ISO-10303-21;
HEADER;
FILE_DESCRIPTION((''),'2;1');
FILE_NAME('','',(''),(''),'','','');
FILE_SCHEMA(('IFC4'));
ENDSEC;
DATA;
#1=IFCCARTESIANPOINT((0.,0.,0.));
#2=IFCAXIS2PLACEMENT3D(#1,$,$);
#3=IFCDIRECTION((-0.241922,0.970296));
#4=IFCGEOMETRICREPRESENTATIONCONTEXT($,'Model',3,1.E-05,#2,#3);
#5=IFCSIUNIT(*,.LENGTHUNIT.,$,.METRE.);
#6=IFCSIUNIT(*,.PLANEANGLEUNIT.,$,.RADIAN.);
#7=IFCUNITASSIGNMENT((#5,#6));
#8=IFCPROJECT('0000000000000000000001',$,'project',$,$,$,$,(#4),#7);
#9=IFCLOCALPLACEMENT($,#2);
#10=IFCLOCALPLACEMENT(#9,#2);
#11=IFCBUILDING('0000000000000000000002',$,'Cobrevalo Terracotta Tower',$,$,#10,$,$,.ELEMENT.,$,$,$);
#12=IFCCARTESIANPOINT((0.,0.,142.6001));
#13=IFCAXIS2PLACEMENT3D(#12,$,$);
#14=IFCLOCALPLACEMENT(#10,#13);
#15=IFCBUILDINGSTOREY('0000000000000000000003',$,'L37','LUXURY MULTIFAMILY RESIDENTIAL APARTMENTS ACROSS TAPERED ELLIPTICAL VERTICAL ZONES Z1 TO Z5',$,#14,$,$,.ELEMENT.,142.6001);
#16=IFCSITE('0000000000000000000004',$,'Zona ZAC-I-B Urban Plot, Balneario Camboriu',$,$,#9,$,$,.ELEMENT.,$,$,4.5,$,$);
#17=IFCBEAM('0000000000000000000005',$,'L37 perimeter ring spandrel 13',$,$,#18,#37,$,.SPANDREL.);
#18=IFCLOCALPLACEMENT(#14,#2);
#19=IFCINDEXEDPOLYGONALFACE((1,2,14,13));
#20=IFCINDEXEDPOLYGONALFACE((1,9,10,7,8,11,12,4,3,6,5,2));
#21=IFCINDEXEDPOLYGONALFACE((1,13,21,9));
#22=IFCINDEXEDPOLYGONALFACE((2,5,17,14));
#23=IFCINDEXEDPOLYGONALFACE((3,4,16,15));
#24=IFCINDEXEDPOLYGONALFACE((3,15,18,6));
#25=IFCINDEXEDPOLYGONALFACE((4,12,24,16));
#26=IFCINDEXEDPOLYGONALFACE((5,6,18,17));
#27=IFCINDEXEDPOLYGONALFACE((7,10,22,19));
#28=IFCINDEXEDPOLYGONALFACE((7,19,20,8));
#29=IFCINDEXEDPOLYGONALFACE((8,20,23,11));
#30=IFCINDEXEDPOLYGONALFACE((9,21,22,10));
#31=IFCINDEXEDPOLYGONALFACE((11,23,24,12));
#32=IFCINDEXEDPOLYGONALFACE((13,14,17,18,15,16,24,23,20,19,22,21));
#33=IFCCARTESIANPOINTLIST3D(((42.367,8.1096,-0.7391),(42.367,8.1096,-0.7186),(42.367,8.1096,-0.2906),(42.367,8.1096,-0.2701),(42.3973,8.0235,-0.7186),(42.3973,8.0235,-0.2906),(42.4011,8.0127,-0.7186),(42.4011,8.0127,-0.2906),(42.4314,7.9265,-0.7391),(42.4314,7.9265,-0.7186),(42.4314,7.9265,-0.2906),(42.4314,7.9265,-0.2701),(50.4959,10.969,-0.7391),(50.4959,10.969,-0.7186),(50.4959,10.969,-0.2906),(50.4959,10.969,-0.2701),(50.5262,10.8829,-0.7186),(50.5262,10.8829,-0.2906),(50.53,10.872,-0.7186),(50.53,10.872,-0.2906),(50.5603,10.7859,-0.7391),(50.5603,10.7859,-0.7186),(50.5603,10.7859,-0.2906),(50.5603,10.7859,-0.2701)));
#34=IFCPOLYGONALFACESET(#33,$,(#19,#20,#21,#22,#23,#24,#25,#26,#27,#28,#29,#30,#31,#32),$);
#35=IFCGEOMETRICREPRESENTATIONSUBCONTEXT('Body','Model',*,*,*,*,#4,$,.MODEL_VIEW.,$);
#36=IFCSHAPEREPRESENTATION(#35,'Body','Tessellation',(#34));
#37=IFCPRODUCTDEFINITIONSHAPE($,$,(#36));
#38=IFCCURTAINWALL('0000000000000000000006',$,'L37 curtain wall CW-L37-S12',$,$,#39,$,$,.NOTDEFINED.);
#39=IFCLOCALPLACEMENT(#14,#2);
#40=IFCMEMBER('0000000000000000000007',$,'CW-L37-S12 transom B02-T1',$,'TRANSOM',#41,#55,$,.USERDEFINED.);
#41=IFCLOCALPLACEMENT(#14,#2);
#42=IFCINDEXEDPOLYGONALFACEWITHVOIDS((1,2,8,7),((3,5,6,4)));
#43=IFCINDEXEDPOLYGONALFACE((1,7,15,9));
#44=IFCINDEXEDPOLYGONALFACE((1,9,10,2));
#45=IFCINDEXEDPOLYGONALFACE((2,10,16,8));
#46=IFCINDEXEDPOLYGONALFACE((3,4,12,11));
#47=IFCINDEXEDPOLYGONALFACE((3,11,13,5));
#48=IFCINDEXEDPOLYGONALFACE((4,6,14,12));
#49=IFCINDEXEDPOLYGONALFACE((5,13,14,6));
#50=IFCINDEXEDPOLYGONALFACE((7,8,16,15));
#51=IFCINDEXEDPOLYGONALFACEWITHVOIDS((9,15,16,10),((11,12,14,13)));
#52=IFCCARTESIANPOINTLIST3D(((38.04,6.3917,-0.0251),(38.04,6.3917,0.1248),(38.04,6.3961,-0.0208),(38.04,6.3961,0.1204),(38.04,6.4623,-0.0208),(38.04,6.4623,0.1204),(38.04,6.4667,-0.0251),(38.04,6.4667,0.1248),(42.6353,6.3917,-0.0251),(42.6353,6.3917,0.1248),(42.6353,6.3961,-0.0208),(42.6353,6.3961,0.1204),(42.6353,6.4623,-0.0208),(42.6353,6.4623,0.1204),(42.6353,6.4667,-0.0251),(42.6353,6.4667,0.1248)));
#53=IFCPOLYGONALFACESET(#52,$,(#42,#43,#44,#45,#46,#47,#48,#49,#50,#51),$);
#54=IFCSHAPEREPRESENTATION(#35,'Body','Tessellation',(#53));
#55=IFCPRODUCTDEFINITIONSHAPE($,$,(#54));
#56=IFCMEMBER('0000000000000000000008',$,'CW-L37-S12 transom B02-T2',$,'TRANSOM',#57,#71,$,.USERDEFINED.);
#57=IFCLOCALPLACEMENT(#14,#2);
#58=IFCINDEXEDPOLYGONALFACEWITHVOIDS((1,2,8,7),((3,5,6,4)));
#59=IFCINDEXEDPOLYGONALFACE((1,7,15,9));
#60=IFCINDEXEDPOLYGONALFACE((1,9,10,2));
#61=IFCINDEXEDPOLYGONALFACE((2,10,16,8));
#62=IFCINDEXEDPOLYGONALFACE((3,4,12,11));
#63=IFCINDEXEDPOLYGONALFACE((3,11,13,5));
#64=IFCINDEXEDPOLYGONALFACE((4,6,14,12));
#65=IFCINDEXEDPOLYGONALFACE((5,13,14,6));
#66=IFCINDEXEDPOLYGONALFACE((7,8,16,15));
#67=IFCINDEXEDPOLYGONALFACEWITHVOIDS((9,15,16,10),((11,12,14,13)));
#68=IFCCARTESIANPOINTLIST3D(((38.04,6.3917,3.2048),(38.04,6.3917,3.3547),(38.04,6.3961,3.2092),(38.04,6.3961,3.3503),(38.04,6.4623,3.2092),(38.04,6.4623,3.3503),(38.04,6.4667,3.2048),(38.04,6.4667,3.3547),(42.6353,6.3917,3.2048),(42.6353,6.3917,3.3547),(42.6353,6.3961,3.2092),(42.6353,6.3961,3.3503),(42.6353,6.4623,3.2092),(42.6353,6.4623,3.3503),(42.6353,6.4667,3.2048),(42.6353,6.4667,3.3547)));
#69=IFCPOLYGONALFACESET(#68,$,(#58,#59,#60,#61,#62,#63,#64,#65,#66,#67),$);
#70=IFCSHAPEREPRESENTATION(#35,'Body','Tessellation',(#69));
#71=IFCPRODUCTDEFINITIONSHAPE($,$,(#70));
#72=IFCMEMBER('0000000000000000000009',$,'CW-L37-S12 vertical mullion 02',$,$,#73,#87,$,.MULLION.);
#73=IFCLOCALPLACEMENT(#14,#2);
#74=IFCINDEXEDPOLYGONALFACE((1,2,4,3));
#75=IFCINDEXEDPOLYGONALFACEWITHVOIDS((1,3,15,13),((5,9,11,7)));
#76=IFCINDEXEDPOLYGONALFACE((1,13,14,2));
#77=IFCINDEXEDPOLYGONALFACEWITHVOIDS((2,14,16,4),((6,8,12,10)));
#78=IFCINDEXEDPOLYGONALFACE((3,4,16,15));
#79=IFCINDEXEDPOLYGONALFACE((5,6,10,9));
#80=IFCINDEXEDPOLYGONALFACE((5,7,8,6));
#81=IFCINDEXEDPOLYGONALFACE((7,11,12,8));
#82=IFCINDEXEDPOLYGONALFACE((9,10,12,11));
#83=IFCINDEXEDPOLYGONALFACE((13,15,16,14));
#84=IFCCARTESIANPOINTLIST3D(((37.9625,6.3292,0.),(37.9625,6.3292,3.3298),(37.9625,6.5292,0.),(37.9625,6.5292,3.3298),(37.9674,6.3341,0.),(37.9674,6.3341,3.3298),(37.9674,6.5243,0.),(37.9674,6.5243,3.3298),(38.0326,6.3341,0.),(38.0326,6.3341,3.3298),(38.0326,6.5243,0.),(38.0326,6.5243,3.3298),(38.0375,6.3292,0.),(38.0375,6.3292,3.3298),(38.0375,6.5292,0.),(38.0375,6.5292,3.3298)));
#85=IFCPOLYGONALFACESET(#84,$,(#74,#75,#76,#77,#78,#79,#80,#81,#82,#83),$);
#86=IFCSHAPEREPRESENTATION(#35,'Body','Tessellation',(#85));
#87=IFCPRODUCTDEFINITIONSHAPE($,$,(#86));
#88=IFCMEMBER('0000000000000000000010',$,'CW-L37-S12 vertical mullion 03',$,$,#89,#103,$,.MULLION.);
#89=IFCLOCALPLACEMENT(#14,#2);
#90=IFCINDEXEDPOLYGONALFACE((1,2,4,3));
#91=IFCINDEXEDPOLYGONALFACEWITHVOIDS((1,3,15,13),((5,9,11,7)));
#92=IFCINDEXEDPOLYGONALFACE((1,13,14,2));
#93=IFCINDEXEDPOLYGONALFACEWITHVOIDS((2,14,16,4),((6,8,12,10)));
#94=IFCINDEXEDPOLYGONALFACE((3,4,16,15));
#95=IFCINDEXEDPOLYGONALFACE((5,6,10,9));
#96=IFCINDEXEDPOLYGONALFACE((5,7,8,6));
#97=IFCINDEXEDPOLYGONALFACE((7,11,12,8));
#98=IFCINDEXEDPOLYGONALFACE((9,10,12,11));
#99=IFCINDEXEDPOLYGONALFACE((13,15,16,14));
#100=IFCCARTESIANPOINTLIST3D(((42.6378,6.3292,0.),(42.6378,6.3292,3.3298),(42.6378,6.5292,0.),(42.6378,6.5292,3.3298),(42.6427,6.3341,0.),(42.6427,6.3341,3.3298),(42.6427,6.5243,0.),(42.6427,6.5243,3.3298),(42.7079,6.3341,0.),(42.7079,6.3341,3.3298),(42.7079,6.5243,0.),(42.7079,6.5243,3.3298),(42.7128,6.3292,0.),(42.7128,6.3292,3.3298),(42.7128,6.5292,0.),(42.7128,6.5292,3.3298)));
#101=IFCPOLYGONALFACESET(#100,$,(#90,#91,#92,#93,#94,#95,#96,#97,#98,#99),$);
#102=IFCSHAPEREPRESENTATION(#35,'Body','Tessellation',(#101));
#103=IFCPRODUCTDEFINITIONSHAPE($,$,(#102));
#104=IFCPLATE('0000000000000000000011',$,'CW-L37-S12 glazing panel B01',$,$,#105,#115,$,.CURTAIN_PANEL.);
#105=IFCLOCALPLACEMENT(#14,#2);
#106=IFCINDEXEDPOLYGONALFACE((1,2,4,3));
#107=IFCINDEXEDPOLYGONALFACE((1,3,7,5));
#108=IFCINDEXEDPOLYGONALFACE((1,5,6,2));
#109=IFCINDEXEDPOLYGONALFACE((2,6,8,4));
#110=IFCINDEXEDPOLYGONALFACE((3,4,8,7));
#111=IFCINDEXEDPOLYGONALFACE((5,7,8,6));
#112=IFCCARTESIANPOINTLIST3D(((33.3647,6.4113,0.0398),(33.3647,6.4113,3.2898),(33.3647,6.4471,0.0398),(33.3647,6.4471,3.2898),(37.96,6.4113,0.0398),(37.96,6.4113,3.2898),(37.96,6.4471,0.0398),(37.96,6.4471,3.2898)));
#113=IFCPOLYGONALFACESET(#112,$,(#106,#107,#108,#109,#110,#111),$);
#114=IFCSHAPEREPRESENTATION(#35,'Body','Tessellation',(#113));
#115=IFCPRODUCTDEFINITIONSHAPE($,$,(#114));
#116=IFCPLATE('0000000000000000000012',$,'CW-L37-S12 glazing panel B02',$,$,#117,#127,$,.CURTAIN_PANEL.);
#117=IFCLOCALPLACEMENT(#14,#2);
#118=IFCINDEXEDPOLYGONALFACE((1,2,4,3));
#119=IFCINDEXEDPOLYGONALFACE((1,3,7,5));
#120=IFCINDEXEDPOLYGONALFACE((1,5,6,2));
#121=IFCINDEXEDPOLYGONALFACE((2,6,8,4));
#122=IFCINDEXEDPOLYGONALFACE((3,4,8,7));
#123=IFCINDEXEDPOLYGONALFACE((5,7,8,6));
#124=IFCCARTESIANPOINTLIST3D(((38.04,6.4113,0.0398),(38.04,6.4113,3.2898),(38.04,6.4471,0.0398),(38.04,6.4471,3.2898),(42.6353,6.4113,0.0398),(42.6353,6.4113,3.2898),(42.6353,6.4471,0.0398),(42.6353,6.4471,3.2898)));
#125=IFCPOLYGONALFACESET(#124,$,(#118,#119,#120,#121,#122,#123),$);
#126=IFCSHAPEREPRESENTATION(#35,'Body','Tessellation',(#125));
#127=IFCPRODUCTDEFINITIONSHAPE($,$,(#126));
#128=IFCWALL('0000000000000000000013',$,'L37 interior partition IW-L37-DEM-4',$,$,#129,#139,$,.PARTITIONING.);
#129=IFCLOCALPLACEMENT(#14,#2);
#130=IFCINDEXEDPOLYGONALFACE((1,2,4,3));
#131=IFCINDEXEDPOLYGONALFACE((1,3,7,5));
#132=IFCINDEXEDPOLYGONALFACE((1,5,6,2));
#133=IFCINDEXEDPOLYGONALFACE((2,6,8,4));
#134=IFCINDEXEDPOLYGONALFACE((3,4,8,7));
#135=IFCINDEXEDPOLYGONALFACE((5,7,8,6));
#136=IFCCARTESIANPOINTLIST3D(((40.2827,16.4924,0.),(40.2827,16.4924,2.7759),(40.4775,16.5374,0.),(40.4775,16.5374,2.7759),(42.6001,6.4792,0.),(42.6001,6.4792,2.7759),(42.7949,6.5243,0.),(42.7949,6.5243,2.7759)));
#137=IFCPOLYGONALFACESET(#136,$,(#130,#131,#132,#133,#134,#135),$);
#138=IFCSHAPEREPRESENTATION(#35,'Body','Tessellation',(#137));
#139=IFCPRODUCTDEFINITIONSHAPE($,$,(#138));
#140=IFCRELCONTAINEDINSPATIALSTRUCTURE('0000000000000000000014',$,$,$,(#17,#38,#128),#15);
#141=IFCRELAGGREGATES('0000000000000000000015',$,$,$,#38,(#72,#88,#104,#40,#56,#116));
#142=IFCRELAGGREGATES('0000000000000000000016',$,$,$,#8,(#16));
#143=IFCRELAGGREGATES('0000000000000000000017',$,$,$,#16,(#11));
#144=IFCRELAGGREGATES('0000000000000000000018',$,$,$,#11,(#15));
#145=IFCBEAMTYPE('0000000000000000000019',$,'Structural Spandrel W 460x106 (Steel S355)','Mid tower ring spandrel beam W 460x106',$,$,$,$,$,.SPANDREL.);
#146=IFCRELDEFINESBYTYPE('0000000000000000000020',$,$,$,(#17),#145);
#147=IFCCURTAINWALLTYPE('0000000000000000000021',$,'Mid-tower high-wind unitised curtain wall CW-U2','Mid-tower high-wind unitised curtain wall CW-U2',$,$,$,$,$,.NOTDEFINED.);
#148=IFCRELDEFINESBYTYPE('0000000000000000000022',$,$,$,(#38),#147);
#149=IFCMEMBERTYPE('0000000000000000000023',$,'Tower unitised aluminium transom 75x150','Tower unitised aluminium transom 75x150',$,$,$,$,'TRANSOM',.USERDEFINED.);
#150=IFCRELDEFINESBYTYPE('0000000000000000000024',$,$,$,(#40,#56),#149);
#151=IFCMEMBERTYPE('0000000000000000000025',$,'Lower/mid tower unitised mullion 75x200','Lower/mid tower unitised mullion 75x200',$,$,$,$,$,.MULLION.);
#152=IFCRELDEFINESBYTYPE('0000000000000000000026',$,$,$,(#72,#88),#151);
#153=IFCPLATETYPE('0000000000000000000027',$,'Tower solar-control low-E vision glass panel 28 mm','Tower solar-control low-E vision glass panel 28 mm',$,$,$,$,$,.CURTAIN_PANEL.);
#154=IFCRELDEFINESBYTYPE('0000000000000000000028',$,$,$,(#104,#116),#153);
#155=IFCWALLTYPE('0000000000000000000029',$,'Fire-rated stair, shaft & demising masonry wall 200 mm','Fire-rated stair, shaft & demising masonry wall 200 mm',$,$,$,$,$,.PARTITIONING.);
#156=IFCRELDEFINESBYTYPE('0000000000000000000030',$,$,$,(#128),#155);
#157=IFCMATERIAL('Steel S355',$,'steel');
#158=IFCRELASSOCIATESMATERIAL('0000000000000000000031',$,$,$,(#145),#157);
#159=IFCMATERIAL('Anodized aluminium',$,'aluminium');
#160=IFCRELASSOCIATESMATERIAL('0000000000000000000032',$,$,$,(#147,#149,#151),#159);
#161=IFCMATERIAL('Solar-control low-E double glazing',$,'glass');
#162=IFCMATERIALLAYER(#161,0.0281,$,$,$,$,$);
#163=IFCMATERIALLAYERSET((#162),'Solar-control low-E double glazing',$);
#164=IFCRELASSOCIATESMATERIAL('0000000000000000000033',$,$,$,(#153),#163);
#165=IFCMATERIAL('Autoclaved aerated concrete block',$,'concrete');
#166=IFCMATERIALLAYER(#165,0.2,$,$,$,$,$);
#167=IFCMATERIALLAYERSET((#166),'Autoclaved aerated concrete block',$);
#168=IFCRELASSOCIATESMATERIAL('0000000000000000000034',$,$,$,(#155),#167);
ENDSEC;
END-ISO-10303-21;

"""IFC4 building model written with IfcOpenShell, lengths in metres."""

from ifc_helpers import new_model, si_unit, direction, frame, frame_2d, origin, origin_2d, place, context, subcontext, project, spatial, rectangle, hollow_rectangle, i_section, extrude, source, transform, mapped, material, layer, layer_set, material_profile, profile_set, type_object, element, aggregate, save


model = new_model("IFC4")

# Units and contexts
model_context = context("Model", 3, precision=1e-05, world=origin(), true_north=direction((-0.241922, 0.970296)))
body_context = subcontext(model_context, "Body", "Model", "MODEL_VIEW")
ifc_project = project(units=[si_unit("LENGTHUNIT", "METRE"), si_unit("PLANEANGLEUNIT", "RADIAN")], contexts=[model_context])

# Site, building, storey
site_placement = place(None, origin())
site = spatial("IfcSite", under=ifc_project, at=site_placement, Name="Zona ZAC-I-B Urban Plot, Balneario Camboriu", CompositionType="ELEMENT", RefElevation=4.5)
building_placement = place(site_placement, origin())
building = spatial("IfcBuilding", under=site, at=building_placement, Name="Cobrevalo Terracotta Tower", CompositionType="ELEMENT")
storey_placement = place(building_placement, frame((0.0, 0.0, 142.6001)))
storey = spatial("IfcBuildingStorey", under=building, at=storey_placement, Name="L37", Description="LUXURY MULTIFAMILY RESIDENTIAL APARTMENTS ACROSS TAPERED ELLIPTICAL VERTICAL ZONES Z1 TO Z5", CompositionType="ELEMENT", Elevation=142.6001)

# Shared definitions
ifc_material_1 = material(Name="Steel S355", Category="steel")

# Beam
ifc_material_profile_1 = material_profile(ifc_material_1, i_section(OverallWidth=0.1941, OverallDepth=0.469, WebThickness=0.0115, FlangeThickness=0.0205, at=origin_2d()), Name="W 460x106")
ifc_profile_set_1 = profile_set([ifc_material_profile_1], Name="Steel S355")
beam_type_1 = type_object("IfcBeamType", Name="Structural Spandrel W 460x106 (Steel S355)", Description="Mid tower ring spandrel beam W 460x106", PredefinedType="SPANDREL", material=ifc_profile_set_1)
beam_1_placement = place(storey_placement, frame((42.3992, 8.0181, -0.5046), z_axis=(0.943341, 0.331824, 0.0), x_axis=(-0.331824, 0.943341, 0.0)))
element("IfcBeam", 1, at=beam_1_placement, inside=storey, type_object=beam_type_1, Name="L37 perimeter ring spandrel 13", PredefinedType="SPANDREL", context=body_context, shape_type="SweptSolid", body=[
    extrude(i_section(OverallWidth=0.1941, OverallDepth=0.469, WebThickness=0.0115, FlangeThickness=0.0205, at=origin_2d()), origin(), (0.0, 0.0, 1.0), 8.6172),
])

# Curtain wall, members, plates
ifc_material_2 = material(Name="Anodized aluminium", Category="aluminium")
curtain_wall_type = type_object("IfcCurtainWallType", Name="Mid-tower high-wind unitised curtain wall CW-U2", Description="Mid-tower high-wind unitised curtain wall CW-U2", PredefinedType="NOTDEFINED", material=ifc_material_2)
curtain_wall_placement = place(storey_placement, origin())
curtain_wall = element("IfcCurtainWall", 2, at=curtain_wall_placement, inside=storey, type_object=curtain_wall_type, Name="L37 curtain wall CW-L37-S12", PredefinedType="NOTDEFINED")
ifc_material_profile_2 = material_profile(ifc_material_2, hollow_rectangle(XDim=0.075, YDim=0.1499, WallThickness=0.0044, at=origin_2d()), Name="CWT 75x150")
ifc_profile_set_2 = profile_set([ifc_material_profile_2], Name="Anodized aluminium")
member_type_1 = type_object("IfcMemberType", Name="Tower unitised aluminium transom 75x150", Description="Tower unitised aluminium transom 75x150", ElementType="TRANSOM", PredefinedType="USERDEFINED", material=ifc_profile_set_2)
shared_shape_1 = source(origin(), body_context, "Body", "SweptSolid", [
    extrude(hollow_rectangle(XDim=0.075, YDim=0.1499, WallThickness=0.0044, at=origin_2d()), origin(), (0.0, 0.0, 1.0), 4.5952),
])
member_1_placement = place(storey_placement, frame((38.04, 6.4292, 0.0498), z_axis=(1.0, 0.0, 0.0), x_axis=(0.0, 1.0, 0.0)))
member_1 = element("IfcMember", 3, at=member_1_placement, type_object=member_type_1, Name="CW-L37-S12 transom B02-T1", ObjectType="TRANSOM", PredefinedType="USERDEFINED", context=body_context, shape_type="MappedRepresentation", body=[
    mapped(shared_shape_1, transform((0.0, 0.0, 0.0), scale=1.0)),
])
member_2_placement = place(storey_placement, frame((38.04, 6.4292, 3.2798), z_axis=(1.0, 0.0, 0.0), x_axis=(0.0, 1.0, 0.0)))
member_2 = element("IfcMember", 4, at=member_2_placement, type_object=member_type_1, Name="CW-L37-S12 transom B02-T2", ObjectType="TRANSOM", PredefinedType="USERDEFINED", context=body_context, shape_type="MappedRepresentation", body=[
    mapped(shared_shape_1, transform((0.0, 0.0, 0.0), scale=1.0)),
])
ifc_material_profile_3 = material_profile(ifc_material_2, hollow_rectangle(XDim=0.075, YDim=0.2, WallThickness=0.0049, at=origin_2d()), Name="CWM 75x200")
ifc_profile_set_3 = profile_set([ifc_material_profile_3], Name="Anodized aluminium")
member_type_2 = type_object("IfcMemberType", Name="Lower/mid tower unitised mullion 75x200", Description="Lower/mid tower unitised mullion 75x200", PredefinedType="MULLION", material=ifc_profile_set_3)
shared_shape_2 = source(origin(), body_context, "Body", "SweptSolid", [
    extrude(hollow_rectangle(XDim=0.075, YDim=0.2, WallThickness=0.0049, at=origin_2d()), origin(), (0.0, 0.0, 1.0), 3.3298),
])
member_3_placement = place(storey_placement, frame((38.0, 6.4292, 0.0), z_axis=(0.0, 0.0, 1.0), x_axis=(1.0, 0.0, 0.0)))
member_3 = element("IfcMember", 5, at=member_3_placement, type_object=member_type_2, Name="CW-L37-S12 vertical mullion 02", PredefinedType="MULLION", context=body_context, shape_type="MappedRepresentation", body=[
    mapped(shared_shape_2, transform((0.0, 0.0, 0.0), scale=1.0)),
])
member_4_placement = place(storey_placement, frame((42.6753, 6.4292, 0.0), z_axis=(0.0, 0.0, 1.0), x_axis=(1.0, 0.0, 0.0)))
member_4 = element("IfcMember", 6, at=member_4_placement, type_object=member_type_2, Name="CW-L37-S12 vertical mullion 03", PredefinedType="MULLION", context=body_context, shape_type="MappedRepresentation", body=[
    mapped(shared_shape_2, transform((0.0, 0.0, 0.0), scale=1.0)),
])
ifc_material_3 = material(Name="Solar-control low-E double glazing", Category="glass")
ifc_layer_1 = layer(ifc_material_3, 0.0281)
ifc_layer_set_1 = layer_set([ifc_layer_1], Name="Solar-control low-E double glazing")
plate_type = type_object("IfcPlateType", Name="Tower solar-control low-E vision glass panel 28 mm", Description="Tower solar-control low-E vision glass panel 28 mm", PredefinedType="CURTAIN_PANEL", material=ifc_layer_set_1)
shared_shape_3 = source(origin(), body_context, "Body", "SweptSolid", [
    extrude(rectangle(XDim=4.5952, YDim=0.0359, at=origin_2d()), origin(), (0.0, 0.0, 1.0), 3.25),
])
plate_1_placement = place(storey_placement, frame((35.6624, 6.4292, 0.0398), z_axis=(0.0, 0.0, 1.0), x_axis=(1.0, 0.0, 0.0)))
plate_1 = element("IfcPlate", 7, at=plate_1_placement, type_object=plate_type, Name="CW-L37-S12 glazing panel B01", PredefinedType="CURTAIN_PANEL", context=body_context, shape_type="MappedRepresentation", body=[
    mapped(shared_shape_3, transform((0.0, 0.0, 0.0), scale=1.0)),
])
plate_2_placement = place(storey_placement, frame((40.3376, 6.4292, 0.0398), z_axis=(0.0, 0.0, 1.0), x_axis=(1.0, 0.0, 0.0)))
plate_2 = element("IfcPlate", 8, at=plate_2_placement, type_object=plate_type, Name="CW-L37-S12 glazing panel B02", PredefinedType="CURTAIN_PANEL", context=body_context, shape_type="MappedRepresentation", body=[
    mapped(shared_shape_3, transform((0.0, 0.0, 0.0), scale=1.0)),
])
aggregate(curtain_wall, [member_3, member_4, plate_1, member_1, member_2, plate_2])

# Wall
ifc_material_4 = material(Name="Autoclaved aerated concrete block", Category="concrete")
ifc_layer_2 = layer(ifc_material_4, 0.2)
ifc_layer_set_2 = layer_set([ifc_layer_2], Name="Autoclaved aerated concrete block")
wall_type_1 = type_object("IfcWallType", Name="Fire-rated stair, shaft & demising masonry wall 200 mm", Description="Fire-rated stair, shaft & demising masonry wall 200 mm", PredefinedType="PARTITIONING", material=ifc_layer_set_2)
wall_1_placement = place(storey_placement, frame((40.3801, 16.5149, 0.0), z_axis=(0.0, 0.0, 1.0), x_axis=(0.225474, -0.974249, 0.0)))
element("IfcWall", 9, at=wall_1_placement, inside=storey, type_object=wall_type_1, Name="L37 interior partition IW-L37-DEM-4", PredefinedType="PARTITIONING", context=body_context, shape_type="SweptSolid", body=[
    extrude(rectangle(XDim=10.2778, YDim=0.2, at=frame_2d((5.1389, 0.0))), origin(), (0.0, 0.0, 1.0), 2.7759),
])

save(model, "model.ifc")
